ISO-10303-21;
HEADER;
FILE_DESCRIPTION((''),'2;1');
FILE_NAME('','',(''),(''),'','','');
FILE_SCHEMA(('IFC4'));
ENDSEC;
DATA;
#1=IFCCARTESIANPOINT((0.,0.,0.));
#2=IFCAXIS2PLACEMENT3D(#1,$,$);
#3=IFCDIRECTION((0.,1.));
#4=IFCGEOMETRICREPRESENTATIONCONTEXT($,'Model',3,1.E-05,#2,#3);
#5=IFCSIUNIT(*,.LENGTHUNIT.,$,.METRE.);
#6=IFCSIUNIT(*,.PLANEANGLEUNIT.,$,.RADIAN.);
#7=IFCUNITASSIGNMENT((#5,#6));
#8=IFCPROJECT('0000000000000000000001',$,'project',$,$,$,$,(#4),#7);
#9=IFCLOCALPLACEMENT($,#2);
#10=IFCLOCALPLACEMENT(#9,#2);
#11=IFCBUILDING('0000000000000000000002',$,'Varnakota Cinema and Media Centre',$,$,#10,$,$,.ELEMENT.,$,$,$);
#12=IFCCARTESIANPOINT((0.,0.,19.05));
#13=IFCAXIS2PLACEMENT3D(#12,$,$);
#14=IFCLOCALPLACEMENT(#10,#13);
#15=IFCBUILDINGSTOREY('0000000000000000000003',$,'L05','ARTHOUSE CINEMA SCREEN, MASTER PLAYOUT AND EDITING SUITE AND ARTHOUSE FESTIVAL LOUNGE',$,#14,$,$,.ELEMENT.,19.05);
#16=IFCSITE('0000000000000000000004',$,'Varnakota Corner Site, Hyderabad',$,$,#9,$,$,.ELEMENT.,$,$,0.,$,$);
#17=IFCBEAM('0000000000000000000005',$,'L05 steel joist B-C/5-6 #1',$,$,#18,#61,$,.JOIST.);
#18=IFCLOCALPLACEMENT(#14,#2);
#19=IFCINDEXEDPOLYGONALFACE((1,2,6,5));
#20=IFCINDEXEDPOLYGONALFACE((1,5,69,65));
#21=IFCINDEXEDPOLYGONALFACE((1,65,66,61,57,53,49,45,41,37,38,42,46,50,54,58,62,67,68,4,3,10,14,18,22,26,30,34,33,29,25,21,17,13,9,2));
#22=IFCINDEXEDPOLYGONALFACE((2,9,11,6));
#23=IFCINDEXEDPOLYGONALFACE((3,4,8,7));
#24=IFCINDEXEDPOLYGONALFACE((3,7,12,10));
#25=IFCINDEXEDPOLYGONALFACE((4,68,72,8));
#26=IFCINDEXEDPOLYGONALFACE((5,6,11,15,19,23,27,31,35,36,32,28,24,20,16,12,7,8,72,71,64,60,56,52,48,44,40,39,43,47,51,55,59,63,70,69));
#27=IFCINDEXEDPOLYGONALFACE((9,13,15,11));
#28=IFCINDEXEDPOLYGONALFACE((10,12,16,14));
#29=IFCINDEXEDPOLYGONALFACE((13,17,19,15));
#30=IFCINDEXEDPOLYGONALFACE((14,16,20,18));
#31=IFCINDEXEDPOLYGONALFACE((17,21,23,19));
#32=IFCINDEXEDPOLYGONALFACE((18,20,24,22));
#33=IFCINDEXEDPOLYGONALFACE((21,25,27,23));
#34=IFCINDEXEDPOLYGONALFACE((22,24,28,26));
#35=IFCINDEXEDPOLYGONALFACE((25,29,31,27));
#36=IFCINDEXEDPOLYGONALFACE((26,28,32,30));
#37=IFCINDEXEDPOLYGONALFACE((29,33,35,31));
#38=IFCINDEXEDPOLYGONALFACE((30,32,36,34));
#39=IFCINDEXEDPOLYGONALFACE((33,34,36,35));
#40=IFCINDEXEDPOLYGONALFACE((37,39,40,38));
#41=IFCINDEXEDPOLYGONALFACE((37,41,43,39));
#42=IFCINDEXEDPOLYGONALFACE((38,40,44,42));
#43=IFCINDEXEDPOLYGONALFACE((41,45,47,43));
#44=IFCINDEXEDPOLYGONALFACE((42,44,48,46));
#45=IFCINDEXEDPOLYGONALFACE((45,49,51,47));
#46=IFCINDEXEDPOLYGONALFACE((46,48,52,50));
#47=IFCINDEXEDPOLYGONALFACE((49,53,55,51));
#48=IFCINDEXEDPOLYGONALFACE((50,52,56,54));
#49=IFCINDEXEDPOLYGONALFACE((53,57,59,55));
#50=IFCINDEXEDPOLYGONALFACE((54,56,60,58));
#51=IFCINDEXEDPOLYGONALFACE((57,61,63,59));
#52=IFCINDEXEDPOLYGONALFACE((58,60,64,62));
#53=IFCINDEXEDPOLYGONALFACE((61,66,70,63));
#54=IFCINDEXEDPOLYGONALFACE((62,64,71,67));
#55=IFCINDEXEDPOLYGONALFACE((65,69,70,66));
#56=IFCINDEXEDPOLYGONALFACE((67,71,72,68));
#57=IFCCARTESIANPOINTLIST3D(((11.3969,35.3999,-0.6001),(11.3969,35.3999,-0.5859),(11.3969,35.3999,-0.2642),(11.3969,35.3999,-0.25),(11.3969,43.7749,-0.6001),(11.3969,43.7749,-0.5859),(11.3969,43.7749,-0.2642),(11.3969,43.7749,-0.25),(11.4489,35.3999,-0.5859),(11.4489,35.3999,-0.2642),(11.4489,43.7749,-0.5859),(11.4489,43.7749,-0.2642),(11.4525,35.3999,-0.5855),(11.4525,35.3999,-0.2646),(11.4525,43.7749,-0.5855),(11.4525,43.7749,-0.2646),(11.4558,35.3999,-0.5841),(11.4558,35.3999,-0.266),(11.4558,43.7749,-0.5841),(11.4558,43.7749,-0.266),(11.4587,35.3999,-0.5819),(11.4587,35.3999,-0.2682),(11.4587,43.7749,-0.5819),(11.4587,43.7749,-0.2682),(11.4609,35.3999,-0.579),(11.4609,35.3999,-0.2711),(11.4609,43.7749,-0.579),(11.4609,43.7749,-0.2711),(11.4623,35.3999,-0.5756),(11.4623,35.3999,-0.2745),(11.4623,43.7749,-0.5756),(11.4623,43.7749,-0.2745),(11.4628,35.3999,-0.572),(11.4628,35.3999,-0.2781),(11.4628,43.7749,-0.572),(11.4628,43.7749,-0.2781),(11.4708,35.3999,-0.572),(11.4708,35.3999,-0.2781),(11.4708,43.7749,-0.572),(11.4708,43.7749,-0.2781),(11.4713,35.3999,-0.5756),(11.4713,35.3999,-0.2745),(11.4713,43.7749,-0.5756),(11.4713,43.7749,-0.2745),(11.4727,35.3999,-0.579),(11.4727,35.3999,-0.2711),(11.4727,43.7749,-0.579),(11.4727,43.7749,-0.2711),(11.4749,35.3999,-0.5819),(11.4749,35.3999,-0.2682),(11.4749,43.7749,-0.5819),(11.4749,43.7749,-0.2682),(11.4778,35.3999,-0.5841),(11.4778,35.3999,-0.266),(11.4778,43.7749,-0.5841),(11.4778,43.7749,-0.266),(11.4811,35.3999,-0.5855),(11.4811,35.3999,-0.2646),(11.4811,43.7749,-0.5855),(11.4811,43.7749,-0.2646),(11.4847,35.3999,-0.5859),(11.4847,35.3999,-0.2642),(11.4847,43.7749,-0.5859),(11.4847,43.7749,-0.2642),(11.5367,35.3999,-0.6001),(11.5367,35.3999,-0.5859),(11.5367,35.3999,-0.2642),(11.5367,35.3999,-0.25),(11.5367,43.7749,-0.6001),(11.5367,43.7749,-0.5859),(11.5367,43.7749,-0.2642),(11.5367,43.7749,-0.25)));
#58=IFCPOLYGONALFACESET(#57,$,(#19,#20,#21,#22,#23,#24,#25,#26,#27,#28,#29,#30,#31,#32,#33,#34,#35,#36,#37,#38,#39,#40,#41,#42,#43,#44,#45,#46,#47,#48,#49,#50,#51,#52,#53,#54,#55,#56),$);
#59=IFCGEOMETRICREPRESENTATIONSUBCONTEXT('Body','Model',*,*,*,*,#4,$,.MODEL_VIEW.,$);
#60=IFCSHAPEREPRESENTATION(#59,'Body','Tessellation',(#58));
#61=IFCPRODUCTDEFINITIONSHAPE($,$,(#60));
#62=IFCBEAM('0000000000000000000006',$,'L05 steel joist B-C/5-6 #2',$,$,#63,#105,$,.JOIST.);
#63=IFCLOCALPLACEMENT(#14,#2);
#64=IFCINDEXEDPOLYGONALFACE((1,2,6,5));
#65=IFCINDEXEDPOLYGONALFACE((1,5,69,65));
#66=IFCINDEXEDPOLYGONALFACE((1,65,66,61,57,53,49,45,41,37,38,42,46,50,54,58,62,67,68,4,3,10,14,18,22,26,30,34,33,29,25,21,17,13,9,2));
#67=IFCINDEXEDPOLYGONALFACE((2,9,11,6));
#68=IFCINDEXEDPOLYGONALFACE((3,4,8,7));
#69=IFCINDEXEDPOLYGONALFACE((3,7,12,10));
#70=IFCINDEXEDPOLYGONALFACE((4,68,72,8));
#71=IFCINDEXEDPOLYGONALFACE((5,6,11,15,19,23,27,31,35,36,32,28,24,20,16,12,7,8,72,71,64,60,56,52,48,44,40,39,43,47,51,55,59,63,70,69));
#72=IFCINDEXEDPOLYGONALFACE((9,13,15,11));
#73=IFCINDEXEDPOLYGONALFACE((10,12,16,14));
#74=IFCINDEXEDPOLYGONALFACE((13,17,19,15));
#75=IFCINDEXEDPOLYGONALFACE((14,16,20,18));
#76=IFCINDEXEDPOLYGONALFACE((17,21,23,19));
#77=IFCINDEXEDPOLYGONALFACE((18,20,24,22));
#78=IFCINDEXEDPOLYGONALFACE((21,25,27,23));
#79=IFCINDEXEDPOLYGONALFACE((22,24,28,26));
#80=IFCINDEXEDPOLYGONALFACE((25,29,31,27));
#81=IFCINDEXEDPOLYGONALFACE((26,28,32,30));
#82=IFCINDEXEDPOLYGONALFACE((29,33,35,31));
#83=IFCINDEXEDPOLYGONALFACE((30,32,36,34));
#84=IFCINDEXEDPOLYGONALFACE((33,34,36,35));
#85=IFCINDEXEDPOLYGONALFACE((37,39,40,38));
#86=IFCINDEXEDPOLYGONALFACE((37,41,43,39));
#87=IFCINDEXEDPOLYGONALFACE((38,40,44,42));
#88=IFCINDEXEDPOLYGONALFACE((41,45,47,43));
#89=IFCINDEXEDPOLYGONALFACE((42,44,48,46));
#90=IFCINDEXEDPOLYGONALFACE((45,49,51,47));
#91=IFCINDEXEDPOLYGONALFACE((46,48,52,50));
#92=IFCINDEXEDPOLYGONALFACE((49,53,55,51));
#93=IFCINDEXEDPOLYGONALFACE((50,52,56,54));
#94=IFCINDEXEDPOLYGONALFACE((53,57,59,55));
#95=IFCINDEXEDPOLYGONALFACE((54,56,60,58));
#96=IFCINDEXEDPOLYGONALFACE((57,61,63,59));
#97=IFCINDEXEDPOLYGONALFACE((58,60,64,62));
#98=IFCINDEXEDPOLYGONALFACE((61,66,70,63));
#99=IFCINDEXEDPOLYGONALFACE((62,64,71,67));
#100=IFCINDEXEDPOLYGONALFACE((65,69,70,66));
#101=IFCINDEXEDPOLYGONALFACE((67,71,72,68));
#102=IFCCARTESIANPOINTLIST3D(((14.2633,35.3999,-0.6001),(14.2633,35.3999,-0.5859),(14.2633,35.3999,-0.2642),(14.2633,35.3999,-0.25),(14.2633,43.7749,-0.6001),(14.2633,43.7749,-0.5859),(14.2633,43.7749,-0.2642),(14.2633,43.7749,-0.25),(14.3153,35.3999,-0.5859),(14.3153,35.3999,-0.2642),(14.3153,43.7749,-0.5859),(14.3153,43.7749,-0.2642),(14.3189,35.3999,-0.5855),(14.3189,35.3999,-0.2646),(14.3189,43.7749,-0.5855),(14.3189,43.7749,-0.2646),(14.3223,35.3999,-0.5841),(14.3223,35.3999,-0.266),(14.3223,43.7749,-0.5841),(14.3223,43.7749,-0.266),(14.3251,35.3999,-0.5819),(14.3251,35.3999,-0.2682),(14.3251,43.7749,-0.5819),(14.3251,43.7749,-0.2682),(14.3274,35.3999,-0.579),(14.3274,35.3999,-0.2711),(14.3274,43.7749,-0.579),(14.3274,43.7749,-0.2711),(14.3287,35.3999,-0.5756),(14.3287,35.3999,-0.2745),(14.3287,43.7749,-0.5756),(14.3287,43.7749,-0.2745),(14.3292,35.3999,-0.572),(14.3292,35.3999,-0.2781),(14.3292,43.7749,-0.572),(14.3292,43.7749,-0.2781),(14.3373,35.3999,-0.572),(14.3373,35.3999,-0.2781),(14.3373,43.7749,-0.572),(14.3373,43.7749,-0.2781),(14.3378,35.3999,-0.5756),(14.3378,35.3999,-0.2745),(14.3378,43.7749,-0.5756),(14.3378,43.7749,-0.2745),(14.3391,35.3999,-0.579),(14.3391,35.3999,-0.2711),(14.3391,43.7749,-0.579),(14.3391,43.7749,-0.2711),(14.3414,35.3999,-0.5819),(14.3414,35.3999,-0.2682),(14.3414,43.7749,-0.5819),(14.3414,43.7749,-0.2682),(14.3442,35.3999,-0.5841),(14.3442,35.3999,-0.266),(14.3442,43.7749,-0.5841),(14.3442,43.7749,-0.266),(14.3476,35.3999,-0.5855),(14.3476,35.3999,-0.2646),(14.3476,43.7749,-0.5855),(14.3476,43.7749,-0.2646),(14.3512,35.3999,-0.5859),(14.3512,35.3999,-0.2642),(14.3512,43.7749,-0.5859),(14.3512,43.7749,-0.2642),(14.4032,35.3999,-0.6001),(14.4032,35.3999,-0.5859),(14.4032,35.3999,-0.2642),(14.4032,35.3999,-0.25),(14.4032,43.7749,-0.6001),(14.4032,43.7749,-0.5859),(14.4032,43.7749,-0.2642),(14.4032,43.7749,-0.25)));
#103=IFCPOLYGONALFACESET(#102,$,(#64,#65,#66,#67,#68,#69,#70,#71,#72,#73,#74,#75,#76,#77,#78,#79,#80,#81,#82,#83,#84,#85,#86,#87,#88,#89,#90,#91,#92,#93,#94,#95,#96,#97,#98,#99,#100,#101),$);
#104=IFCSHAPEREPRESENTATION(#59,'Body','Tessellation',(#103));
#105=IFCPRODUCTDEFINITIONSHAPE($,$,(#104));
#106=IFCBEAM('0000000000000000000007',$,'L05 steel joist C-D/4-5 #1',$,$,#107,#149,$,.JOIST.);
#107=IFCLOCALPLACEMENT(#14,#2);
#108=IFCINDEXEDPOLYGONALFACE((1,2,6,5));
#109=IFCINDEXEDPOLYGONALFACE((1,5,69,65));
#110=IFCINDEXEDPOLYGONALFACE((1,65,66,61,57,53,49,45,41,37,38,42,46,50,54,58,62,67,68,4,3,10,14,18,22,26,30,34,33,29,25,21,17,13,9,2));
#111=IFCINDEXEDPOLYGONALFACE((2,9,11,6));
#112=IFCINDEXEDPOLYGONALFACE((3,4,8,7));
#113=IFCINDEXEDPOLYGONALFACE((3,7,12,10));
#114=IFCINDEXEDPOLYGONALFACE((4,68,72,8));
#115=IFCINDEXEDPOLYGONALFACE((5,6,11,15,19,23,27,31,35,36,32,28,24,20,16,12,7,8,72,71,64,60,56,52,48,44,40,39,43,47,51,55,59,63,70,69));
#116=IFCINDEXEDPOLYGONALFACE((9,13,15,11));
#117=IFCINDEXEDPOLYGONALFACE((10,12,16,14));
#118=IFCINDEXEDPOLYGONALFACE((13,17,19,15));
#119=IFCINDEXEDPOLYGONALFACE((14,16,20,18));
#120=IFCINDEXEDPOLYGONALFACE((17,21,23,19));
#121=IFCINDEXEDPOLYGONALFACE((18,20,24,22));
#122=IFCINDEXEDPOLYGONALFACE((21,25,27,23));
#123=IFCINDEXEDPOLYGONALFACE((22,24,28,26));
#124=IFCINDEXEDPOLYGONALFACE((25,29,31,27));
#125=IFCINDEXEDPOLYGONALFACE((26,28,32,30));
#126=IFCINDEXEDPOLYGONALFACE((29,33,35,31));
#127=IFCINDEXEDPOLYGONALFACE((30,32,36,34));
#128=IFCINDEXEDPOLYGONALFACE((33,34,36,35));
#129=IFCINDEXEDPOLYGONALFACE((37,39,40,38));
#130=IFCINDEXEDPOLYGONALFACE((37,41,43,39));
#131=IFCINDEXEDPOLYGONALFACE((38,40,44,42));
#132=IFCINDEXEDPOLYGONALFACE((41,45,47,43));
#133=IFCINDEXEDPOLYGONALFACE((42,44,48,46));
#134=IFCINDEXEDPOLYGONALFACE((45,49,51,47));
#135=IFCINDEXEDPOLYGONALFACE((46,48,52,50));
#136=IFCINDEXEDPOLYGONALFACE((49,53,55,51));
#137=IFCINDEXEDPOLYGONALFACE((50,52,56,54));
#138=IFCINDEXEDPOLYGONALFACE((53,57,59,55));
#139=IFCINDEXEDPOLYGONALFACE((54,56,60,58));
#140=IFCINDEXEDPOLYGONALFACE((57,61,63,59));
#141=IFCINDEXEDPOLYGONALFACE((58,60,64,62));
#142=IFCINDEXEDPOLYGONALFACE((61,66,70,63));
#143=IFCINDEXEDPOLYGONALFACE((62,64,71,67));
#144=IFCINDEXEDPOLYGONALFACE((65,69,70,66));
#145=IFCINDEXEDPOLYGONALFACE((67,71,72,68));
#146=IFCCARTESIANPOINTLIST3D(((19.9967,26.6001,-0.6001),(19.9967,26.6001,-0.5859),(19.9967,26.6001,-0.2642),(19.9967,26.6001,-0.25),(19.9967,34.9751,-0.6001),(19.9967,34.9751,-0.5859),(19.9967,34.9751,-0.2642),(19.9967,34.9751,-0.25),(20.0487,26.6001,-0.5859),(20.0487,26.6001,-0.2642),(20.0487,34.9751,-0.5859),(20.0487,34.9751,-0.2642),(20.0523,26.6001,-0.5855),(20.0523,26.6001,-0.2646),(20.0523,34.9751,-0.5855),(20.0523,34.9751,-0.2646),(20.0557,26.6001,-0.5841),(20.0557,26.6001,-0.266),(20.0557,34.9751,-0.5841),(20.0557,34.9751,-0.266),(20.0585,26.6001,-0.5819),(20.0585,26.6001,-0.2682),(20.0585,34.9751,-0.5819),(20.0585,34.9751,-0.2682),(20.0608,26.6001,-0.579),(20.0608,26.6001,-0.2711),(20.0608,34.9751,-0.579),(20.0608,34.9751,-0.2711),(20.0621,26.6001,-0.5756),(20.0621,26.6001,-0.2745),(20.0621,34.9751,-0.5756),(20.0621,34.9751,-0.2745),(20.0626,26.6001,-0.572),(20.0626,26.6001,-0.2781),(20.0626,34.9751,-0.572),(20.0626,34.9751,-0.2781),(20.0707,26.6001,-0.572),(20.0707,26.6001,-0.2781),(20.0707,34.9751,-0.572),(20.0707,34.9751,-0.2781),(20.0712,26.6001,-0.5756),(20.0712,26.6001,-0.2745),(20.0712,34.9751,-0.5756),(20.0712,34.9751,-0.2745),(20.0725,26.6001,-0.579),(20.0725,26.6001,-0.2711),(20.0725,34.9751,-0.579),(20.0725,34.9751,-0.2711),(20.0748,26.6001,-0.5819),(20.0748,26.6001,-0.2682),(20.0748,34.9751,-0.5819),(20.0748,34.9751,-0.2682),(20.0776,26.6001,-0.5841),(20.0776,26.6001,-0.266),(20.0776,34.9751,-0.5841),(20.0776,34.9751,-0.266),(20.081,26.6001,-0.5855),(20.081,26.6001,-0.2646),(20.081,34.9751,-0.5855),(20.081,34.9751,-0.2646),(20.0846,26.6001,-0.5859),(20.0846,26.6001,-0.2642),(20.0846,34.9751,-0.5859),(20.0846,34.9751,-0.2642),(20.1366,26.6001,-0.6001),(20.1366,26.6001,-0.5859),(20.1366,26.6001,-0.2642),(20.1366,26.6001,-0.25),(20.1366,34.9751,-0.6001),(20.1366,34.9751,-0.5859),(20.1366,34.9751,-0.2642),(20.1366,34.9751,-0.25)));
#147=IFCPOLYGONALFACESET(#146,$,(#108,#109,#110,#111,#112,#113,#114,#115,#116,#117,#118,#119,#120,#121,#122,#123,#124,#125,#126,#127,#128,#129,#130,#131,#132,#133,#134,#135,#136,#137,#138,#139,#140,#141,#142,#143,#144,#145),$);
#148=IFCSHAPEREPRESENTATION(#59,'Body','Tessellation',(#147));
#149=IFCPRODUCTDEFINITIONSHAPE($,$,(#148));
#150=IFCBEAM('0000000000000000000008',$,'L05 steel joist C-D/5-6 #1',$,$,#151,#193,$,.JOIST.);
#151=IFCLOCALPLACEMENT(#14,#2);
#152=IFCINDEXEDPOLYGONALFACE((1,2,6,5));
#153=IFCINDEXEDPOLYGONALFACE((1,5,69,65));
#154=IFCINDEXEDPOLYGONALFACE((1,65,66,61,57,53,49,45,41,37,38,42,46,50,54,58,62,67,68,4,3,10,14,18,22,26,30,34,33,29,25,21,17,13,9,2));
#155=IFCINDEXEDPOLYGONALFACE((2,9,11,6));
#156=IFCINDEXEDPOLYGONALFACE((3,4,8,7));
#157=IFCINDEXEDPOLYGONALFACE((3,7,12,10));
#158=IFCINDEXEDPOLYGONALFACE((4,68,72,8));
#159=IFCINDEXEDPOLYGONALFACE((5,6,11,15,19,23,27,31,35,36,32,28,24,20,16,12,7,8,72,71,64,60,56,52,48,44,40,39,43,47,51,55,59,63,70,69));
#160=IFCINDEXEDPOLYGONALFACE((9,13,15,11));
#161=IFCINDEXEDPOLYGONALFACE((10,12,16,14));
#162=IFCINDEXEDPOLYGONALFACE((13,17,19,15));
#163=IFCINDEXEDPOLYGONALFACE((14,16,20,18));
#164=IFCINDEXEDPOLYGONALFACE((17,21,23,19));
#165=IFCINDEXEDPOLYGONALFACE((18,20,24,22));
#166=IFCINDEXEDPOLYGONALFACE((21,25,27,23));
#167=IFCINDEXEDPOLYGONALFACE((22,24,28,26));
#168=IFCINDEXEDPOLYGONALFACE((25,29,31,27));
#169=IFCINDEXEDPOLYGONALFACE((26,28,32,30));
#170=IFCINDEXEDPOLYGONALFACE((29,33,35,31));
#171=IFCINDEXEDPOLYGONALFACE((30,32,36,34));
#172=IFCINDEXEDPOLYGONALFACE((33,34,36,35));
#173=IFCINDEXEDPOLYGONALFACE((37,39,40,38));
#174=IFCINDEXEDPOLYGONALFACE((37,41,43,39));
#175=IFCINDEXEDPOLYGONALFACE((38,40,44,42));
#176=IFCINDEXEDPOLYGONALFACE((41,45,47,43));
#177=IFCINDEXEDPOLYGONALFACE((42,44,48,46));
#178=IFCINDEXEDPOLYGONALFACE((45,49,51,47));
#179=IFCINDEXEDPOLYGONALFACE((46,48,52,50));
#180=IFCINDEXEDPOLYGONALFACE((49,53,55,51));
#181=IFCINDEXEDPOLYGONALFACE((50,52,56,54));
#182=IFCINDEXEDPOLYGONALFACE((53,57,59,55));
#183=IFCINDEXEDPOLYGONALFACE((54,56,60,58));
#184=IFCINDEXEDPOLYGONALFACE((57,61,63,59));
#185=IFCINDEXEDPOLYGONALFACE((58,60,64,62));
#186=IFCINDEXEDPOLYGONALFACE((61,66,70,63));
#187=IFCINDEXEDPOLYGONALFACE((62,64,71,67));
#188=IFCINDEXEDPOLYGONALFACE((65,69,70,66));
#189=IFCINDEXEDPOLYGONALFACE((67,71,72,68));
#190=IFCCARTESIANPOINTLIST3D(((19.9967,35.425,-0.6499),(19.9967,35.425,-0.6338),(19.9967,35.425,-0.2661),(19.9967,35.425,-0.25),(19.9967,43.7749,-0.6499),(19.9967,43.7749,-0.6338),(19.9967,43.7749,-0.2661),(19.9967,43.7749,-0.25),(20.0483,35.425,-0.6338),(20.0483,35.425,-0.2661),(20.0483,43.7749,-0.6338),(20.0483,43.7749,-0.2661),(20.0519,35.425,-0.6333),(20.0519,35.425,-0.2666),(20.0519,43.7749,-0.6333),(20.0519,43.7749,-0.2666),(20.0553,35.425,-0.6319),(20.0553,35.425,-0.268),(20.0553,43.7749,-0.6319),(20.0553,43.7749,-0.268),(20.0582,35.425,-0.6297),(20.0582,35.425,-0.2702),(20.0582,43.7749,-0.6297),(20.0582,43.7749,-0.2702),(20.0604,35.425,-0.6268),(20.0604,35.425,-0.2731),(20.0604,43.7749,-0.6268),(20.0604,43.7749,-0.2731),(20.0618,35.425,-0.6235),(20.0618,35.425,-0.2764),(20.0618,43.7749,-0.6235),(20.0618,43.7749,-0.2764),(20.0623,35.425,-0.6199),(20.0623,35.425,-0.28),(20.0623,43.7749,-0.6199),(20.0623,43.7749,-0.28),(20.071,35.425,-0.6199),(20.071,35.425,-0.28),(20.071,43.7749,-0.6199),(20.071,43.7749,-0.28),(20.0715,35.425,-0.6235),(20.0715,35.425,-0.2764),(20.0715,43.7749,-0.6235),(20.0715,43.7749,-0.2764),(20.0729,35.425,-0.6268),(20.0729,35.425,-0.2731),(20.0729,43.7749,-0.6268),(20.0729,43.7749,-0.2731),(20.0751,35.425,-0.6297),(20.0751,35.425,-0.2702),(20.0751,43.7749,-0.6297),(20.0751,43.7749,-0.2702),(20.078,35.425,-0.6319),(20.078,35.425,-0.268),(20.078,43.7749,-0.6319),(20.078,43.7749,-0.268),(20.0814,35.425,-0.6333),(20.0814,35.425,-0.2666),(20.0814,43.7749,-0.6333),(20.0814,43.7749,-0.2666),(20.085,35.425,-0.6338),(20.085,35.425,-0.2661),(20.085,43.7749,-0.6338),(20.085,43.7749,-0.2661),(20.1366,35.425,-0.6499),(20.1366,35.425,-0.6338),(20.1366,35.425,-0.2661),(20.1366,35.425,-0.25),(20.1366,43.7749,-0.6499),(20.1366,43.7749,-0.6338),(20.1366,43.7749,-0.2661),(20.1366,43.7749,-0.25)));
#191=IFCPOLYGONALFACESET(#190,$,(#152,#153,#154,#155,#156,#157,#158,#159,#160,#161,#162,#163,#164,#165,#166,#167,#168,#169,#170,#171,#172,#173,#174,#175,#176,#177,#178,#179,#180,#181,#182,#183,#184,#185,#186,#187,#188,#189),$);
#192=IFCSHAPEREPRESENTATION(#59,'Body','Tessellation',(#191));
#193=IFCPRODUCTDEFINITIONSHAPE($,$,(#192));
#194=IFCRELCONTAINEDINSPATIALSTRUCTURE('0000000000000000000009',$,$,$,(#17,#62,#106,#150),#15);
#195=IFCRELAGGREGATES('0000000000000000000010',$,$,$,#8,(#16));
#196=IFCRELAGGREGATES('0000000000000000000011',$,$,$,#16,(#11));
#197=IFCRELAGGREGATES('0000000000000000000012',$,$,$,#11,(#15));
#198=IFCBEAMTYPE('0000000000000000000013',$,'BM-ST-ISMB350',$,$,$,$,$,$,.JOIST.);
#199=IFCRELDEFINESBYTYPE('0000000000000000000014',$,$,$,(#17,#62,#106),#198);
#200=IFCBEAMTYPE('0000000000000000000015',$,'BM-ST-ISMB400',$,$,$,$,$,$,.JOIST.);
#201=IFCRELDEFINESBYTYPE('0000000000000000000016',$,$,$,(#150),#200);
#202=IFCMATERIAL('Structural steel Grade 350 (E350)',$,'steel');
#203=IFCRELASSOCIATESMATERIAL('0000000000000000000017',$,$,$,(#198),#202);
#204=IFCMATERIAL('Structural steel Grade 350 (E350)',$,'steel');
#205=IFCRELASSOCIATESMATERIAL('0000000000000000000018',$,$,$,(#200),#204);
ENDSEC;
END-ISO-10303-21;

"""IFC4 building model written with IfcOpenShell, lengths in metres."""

from ifc_helpers import new_model, si_unit, direction, frame, origin, origin_2d, place, context, subcontext, project, spatial, i_section, extrude, material, material_profile, profile_set, type_object, element, save


model = new_model("IFC4")

# Units and contexts
model_context = context("Model", 3, precision=1e-05, world=origin(), true_north=direction((0.0, 1.0)))
body_context = subcontext(model_context, "Body", "Model", "MODEL_VIEW")
ifc_project = project(units=[si_unit("LENGTHUNIT", "METRE"), si_unit("PLANEANGLEUNIT", "RADIAN")], contexts=[model_context])

# Site, building, storey
site_placement = place(None, origin())
site = spatial("IfcSite", under=ifc_project, at=site_placement, Name="Varnakota Corner Site, Hyderabad", CompositionType="ELEMENT", RefElevation=0.0)
building_placement = place(site_placement, origin())
building = spatial("IfcBuilding", under=site, at=building_placement, Name="Varnakota Cinema and Media Centre", CompositionType="ELEMENT")
storey_placement = place(building_placement, frame((0.0, 0.0, 19.05)))
storey = spatial("IfcBuildingStorey", under=building, at=storey_placement, Name="L05", Description="ARTHOUSE CINEMA SCREEN, MASTER PLAYOUT AND EDITING SUITE AND ARTHOUSE FESTIVAL LOUNGE", CompositionType="ELEMENT", Elevation=19.05)

# Beams
ifc_material_1 = material(Name="Structural steel Grade 350 (E350)", Category="steel")
ifc_material_profile_1 = material_profile(ifc_material_1, i_section(OverallWidth=0.1399, OverallDepth=0.3501, WebThickness=0.0081, FlangeThickness=0.0142, FilletRadius=0.0139, at=origin_2d()), Name="ISMB 350")
ifc_profile_set_1 = profile_set([ifc_material_profile_1], Name="Structural steel Grade 350 (E350)")
beam_type_1 = type_object("IfcBeamType", Name="BM-ST-ISMB350", PredefinedType="JOIST", material=ifc_profile_set_1)
for number, where, z_axis, x_axis, name in (
    (1, (11.4668, 35.3999, -0.425), (0.0, 1.0, 0.0), (-1.0, 0.0, 0.0), "L05 steel joist B-C/5-6 #1"),
    (2, (14.3333, 35.3999, -0.425), (0.0, 1.0, 0.0), (-1.0, 0.0, 0.0), "L05 steel joist B-C/5-6 #2"),
    (3, (20.0667, 26.6001, -0.425), (0.0, 1.0, 0.0), (-1.0, 0.0, 0.0), "L05 steel joist C-D/4-5 #1"),
):
    element("IfcBeam", number, at=place(storey_placement, frame(where, z_axis=z_axis, x_axis=x_axis)), inside=storey, type_object=beam_type_1, Name=name, PredefinedType="JOIST", context=body_context, shape_type="SweptSolid", body=[
        extrude(i_section(OverallWidth=0.1399, OverallDepth=0.3501, WebThickness=0.0081, FlangeThickness=0.0142, FilletRadius=0.0139, at=origin_2d()), origin(), (0.0, 0.0, 1.0), 8.375),
    ])
ifc_material_2 = material(Name="Structural steel Grade 350 (E350)", Category="steel")
ifc_material_profile_2 = material_profile(ifc_material_2, i_section(OverallWidth=0.1399, OverallDepth=0.3999, WebThickness=0.0088, FlangeThickness=0.0161, FilletRadius=0.0139, at=origin_2d()), Name="ISMB 400")
ifc_profile_set_2 = profile_set([ifc_material_profile_2], Name="Structural steel Grade 350 (E350)")
beam_type_2 = type_object("IfcBeamType", Name="BM-ST-ISMB400", PredefinedType="JOIST", material=ifc_profile_set_2)
beam_1_placement = place(storey_placement, frame((20.0667, 35.425, -0.45), z_axis=(0.0, 1.0, 0.0), x_axis=(-1.0, 0.0, 0.0)))
element("IfcBeam", 4, at=beam_1_placement, inside=storey, type_object=beam_type_2, Name="L05 steel joist C-D/5-6 #1", PredefinedType="JOIST", context=body_context, shape_type="SweptSolid", body=[
    extrude(i_section(OverallWidth=0.1399, OverallDepth=0.3999, WebThickness=0.0088, FlangeThickness=0.0161, FilletRadius=0.0139, at=origin_2d()), origin(), (0.0, 0.0, 1.0), 8.3499),
])

save(model, "model.ifc")
